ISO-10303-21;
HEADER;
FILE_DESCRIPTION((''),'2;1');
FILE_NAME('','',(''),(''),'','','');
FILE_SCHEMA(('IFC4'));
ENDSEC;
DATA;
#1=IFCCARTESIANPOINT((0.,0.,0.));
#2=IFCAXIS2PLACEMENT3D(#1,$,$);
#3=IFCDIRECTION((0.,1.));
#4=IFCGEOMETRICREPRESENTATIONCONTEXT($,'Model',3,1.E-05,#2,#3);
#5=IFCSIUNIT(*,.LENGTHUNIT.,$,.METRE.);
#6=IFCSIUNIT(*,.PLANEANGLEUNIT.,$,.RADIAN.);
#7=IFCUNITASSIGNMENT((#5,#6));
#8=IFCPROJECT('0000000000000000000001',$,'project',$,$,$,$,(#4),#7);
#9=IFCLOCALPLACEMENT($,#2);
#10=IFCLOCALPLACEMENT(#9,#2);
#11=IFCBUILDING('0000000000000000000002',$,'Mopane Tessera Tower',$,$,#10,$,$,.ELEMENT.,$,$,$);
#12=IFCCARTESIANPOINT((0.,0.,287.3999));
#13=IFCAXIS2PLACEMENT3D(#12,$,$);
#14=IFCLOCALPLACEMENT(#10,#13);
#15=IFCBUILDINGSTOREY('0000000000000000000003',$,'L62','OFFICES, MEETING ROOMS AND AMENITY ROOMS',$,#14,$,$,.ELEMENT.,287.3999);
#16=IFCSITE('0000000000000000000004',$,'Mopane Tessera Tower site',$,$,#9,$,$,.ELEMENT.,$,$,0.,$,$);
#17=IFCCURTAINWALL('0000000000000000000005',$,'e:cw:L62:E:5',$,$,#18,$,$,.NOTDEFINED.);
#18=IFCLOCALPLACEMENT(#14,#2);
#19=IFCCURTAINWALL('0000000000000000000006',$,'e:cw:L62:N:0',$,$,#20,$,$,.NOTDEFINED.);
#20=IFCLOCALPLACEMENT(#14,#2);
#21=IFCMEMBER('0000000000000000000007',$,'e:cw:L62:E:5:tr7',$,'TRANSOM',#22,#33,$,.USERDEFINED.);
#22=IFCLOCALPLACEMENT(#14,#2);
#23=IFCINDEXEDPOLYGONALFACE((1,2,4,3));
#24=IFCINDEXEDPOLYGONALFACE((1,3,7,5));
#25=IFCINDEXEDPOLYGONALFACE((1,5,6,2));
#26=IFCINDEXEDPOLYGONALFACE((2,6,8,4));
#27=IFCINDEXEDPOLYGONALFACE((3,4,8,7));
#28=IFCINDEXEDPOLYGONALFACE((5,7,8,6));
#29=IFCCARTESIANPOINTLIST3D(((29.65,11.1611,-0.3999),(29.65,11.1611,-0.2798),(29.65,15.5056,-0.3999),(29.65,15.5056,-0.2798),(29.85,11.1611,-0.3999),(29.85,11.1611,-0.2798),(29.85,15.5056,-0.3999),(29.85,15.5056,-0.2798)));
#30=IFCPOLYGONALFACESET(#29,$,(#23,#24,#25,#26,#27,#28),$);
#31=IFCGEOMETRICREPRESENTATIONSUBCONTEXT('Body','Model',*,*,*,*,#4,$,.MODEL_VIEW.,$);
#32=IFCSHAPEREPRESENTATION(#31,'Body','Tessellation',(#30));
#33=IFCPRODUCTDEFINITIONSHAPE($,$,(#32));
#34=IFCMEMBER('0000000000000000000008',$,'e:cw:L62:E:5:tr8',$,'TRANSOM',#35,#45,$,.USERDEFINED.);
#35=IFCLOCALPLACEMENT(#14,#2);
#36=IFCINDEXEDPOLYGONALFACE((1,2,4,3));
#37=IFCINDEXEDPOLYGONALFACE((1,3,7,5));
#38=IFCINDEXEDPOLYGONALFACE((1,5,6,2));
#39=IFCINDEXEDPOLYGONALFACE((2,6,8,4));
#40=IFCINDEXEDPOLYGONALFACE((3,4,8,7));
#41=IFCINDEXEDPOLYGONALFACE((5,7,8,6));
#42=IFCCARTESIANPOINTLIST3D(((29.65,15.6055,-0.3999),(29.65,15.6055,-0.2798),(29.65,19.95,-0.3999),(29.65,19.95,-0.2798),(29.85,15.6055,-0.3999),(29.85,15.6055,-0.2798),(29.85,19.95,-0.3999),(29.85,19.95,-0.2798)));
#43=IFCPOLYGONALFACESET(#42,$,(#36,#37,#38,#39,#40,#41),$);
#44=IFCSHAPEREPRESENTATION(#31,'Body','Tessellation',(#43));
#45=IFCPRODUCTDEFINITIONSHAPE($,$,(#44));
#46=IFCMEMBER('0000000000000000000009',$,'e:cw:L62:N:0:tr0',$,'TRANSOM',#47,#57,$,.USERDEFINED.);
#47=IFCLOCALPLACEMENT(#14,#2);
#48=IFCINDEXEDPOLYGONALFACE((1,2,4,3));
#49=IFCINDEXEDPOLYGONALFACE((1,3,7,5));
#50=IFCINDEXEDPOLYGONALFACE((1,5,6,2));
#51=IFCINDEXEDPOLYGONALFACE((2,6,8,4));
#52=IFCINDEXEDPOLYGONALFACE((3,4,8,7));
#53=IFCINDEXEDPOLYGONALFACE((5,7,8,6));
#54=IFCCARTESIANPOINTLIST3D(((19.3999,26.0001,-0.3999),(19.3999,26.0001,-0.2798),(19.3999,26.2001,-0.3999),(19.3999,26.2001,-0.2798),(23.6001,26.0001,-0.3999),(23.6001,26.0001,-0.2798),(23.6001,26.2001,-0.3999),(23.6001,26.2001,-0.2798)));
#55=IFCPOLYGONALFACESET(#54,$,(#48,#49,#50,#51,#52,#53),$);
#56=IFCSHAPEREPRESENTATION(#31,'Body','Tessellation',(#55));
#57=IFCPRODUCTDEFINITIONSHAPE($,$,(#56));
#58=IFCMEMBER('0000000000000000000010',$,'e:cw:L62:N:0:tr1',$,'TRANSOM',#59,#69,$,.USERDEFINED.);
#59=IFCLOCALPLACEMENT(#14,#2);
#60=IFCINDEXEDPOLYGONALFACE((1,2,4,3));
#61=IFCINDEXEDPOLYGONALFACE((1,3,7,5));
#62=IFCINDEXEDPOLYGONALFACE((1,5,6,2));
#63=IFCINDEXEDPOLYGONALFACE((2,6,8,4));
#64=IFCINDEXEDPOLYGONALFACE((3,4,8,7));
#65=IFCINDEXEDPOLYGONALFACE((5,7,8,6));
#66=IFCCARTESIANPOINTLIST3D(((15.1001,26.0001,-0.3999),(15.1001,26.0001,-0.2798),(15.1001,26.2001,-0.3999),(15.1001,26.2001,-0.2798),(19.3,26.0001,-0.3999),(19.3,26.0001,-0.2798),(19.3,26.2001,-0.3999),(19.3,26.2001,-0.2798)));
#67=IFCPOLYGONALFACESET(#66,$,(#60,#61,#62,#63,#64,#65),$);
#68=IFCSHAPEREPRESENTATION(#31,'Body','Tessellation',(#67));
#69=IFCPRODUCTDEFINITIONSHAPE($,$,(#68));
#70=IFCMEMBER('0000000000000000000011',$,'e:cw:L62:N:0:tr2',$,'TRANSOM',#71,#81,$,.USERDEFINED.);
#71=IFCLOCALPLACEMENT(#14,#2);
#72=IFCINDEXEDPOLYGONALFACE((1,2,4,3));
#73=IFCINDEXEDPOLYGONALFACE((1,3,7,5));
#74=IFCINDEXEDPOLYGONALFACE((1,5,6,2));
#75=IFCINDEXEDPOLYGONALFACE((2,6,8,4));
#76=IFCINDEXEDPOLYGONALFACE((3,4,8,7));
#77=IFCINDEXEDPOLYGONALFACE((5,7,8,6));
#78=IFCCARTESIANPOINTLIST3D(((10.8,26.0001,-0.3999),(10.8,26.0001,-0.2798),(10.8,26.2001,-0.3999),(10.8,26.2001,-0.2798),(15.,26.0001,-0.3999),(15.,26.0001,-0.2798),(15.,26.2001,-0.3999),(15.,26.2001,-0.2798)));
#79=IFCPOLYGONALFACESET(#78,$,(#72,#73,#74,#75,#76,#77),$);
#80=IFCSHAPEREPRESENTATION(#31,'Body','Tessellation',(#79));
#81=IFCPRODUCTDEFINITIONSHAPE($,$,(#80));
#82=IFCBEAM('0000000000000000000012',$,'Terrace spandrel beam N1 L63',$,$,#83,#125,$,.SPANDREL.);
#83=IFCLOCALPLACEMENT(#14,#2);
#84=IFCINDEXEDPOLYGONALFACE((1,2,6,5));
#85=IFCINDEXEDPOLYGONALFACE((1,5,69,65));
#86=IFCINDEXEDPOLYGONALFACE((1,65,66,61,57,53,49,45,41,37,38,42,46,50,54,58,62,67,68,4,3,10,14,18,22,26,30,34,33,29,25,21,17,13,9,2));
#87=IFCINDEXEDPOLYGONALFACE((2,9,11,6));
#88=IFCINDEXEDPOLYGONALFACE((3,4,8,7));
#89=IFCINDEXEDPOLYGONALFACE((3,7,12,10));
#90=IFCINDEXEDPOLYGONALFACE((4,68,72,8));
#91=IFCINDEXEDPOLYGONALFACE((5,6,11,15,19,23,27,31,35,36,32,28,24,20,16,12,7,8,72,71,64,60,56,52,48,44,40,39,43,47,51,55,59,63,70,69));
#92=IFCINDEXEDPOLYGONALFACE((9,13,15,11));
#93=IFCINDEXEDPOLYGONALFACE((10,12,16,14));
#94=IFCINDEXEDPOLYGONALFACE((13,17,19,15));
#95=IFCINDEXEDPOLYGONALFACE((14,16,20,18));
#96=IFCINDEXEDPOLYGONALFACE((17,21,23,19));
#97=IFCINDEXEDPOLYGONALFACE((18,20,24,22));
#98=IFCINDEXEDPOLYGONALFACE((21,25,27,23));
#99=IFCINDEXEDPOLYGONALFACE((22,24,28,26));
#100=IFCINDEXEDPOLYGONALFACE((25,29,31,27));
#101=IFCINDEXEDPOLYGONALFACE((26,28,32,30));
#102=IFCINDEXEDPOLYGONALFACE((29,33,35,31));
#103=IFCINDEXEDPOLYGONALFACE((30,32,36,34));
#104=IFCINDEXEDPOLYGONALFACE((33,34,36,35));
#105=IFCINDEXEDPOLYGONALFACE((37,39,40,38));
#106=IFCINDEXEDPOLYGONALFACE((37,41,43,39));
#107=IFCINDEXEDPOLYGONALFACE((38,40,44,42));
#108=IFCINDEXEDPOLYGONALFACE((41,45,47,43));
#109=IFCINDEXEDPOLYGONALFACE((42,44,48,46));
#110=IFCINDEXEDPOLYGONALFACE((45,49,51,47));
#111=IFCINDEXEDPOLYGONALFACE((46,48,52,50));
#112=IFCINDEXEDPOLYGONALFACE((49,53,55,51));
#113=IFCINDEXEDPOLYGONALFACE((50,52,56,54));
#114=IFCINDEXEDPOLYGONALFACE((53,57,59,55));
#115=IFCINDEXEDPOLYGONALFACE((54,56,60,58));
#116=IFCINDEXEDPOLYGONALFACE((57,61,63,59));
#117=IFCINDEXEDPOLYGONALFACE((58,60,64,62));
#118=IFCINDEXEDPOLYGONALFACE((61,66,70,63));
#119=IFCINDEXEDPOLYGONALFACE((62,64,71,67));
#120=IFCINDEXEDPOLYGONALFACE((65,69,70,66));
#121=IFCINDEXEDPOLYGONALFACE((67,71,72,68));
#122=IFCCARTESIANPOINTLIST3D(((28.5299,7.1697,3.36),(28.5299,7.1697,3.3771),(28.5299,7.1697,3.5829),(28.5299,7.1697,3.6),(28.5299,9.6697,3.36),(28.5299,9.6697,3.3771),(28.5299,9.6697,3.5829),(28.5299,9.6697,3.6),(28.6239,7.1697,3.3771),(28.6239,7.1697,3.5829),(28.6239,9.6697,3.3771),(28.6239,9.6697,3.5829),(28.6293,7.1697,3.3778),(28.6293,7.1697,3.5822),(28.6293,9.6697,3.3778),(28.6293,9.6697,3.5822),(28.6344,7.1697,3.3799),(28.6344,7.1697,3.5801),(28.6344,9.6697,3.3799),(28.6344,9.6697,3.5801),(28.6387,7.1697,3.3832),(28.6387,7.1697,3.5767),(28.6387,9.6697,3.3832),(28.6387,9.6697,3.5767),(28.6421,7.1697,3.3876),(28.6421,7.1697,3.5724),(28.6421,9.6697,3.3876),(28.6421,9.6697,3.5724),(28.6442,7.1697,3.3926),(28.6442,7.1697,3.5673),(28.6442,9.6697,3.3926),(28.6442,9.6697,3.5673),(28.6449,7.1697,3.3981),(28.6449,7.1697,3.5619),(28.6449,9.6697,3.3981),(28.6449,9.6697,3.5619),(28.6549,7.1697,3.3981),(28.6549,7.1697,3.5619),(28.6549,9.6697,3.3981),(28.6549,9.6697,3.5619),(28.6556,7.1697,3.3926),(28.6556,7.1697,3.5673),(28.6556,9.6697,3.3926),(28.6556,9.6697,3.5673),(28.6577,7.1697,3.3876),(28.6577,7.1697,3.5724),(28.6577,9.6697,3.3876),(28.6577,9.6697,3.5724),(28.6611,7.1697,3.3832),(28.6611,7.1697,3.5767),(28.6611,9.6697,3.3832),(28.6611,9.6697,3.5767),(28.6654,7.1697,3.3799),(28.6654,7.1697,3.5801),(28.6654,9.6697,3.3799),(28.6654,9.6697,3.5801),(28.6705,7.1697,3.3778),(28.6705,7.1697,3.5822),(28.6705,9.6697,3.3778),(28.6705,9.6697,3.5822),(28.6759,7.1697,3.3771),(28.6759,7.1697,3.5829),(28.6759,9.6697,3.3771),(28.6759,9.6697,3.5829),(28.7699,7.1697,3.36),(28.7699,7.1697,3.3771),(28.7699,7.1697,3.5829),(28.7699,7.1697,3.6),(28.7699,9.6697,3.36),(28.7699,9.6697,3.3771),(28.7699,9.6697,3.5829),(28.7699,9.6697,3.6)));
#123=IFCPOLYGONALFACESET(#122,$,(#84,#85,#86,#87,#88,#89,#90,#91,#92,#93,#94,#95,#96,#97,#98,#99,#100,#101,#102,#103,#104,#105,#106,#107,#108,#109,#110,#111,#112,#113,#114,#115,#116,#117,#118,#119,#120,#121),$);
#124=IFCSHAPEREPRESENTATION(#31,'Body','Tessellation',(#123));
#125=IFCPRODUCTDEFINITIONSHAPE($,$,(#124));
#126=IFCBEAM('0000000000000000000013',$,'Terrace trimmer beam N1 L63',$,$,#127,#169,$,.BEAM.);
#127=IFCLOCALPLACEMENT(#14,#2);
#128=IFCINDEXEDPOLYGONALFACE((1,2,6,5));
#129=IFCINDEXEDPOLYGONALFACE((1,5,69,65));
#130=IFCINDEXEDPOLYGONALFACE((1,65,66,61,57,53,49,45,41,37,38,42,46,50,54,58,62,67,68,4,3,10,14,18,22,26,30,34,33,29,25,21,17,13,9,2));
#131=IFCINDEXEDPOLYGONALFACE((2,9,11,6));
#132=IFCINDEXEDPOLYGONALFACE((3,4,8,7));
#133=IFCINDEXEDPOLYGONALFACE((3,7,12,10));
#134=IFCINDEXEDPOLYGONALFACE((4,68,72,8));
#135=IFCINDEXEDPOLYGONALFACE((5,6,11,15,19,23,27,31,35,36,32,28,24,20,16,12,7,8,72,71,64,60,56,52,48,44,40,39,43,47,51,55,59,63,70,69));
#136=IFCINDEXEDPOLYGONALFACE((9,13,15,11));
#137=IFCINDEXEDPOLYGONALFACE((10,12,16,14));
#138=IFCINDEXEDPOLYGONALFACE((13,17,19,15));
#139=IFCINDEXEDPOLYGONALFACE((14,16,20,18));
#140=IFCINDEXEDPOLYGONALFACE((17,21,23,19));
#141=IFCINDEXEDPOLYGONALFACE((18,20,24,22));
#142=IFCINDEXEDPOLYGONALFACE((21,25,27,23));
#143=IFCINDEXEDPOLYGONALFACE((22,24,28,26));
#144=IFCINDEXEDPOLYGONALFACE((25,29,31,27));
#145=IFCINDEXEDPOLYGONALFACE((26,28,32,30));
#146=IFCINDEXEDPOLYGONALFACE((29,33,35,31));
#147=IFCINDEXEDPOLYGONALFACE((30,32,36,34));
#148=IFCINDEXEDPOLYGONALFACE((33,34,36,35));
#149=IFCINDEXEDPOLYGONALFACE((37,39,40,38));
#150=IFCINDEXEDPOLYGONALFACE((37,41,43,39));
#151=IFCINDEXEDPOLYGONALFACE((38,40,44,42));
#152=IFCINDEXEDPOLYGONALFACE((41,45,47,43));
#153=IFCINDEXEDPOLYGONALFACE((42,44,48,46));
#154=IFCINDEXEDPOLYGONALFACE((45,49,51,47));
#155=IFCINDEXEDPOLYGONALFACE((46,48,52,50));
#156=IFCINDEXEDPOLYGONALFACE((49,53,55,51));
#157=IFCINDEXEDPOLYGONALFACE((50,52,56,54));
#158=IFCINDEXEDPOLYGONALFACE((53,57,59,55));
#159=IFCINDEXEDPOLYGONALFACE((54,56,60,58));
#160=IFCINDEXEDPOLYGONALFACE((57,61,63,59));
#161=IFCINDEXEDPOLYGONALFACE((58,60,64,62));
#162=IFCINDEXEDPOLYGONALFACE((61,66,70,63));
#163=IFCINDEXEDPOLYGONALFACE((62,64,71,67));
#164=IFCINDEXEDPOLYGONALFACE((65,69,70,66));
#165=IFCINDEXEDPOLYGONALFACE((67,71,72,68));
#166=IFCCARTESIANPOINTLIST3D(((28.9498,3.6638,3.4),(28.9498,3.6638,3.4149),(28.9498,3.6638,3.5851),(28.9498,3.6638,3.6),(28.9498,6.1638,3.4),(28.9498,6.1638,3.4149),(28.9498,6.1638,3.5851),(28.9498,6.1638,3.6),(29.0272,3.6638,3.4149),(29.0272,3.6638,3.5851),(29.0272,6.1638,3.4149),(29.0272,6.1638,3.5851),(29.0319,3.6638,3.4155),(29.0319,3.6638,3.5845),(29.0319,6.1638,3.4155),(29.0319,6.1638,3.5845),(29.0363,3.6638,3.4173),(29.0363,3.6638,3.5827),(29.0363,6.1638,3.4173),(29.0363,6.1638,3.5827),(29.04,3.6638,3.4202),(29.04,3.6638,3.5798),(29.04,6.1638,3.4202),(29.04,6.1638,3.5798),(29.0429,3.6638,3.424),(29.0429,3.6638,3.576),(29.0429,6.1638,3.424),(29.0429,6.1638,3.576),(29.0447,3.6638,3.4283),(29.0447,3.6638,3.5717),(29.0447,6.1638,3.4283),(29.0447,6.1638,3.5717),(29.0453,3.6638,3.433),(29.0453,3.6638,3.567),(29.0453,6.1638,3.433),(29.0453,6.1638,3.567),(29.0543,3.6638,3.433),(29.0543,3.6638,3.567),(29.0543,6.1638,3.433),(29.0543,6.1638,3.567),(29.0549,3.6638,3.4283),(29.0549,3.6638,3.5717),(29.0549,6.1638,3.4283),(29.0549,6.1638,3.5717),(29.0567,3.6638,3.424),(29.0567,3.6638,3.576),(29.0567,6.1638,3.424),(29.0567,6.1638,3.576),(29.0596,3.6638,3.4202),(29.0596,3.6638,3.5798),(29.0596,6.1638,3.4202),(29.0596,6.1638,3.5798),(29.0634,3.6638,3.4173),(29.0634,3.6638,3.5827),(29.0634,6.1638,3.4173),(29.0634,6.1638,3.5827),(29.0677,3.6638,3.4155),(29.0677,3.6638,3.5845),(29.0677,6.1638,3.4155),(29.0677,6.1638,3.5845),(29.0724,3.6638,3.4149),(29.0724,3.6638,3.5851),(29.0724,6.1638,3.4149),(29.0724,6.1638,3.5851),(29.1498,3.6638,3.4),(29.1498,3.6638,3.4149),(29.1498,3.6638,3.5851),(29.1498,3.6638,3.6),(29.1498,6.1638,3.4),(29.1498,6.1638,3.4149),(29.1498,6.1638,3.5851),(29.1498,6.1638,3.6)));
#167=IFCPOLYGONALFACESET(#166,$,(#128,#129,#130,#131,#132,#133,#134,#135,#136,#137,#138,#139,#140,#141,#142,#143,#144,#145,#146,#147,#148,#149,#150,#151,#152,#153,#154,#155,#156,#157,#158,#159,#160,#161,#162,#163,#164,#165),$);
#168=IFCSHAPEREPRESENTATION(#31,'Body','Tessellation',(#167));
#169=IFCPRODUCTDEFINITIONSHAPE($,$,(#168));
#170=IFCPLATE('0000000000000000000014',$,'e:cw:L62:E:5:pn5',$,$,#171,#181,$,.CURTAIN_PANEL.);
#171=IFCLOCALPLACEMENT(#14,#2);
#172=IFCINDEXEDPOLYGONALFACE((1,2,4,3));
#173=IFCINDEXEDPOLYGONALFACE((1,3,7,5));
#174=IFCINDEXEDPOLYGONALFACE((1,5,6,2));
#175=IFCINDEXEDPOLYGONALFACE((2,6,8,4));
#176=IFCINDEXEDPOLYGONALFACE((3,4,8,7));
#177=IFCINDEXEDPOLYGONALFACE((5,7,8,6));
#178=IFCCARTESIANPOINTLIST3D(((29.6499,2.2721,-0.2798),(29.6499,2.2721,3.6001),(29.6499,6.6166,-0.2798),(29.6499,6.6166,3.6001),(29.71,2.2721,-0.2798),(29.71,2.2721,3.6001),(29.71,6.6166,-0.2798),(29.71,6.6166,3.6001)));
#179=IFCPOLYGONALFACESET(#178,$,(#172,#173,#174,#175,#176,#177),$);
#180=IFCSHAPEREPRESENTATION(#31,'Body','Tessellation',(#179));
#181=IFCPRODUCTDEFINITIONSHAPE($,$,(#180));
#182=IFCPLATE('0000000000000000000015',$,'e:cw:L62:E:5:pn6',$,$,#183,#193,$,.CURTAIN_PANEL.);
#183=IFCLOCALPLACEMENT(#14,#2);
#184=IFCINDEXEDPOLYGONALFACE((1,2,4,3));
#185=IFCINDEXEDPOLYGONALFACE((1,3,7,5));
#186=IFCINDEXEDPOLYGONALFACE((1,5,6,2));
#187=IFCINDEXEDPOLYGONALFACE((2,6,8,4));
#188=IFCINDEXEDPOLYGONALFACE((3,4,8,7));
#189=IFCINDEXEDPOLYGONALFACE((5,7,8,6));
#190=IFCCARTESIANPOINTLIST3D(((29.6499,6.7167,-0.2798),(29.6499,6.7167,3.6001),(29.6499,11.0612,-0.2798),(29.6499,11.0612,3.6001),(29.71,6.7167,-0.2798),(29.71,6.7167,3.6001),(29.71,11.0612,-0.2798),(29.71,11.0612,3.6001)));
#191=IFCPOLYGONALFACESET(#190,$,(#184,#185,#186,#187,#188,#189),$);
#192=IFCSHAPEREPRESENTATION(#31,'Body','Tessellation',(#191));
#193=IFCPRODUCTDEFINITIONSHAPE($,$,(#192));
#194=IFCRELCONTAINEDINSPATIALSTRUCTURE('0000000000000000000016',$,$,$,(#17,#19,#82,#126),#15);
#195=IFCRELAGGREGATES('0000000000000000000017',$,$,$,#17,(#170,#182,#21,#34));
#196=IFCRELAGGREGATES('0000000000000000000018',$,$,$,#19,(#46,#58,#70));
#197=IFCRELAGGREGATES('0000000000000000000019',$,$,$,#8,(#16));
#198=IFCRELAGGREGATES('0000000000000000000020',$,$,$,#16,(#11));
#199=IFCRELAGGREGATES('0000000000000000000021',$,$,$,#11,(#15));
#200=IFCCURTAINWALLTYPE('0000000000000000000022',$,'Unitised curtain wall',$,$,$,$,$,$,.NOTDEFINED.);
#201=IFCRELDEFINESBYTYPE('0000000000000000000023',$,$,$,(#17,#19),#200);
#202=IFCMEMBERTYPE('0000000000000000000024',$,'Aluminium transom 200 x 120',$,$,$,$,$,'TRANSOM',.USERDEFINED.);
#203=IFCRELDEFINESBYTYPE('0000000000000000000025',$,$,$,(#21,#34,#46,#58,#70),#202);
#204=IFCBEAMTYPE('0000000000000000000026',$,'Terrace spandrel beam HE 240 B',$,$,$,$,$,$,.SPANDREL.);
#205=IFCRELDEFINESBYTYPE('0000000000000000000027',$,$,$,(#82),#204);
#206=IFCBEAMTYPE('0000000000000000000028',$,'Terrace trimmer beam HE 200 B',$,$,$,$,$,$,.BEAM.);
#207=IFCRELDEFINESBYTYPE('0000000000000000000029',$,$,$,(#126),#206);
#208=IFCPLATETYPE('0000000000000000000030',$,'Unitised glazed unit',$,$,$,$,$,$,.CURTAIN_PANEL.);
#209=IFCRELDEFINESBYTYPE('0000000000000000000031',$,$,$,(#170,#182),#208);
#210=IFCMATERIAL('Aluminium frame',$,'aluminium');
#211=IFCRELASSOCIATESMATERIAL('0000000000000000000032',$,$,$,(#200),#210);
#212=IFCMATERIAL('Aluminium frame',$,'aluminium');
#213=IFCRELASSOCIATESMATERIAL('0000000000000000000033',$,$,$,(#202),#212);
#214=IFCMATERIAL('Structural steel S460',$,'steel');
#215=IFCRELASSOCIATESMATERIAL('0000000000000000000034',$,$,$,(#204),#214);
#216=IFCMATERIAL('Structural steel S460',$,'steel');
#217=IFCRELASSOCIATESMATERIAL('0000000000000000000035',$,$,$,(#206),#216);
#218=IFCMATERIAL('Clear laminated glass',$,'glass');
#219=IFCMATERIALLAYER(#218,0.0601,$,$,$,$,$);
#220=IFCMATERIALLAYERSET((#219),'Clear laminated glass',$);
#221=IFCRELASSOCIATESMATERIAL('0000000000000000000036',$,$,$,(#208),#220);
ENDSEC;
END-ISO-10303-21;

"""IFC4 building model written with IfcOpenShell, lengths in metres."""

from ifc_helpers import new_model, si_unit, direction, frame, origin, origin_2d, place, context, subcontext, project, spatial, rectangle, i_section, extrude, material, layer, layer_set, material_profile, profile_set, type_object, element, aggregate, save


model = new_model("IFC4")

# Units and contexts
model_context = context("Model", 3, precision=1e-05, world=origin(), true_north=direction((0.0, 1.0)))
body_context = subcontext(model_context, "Body", "Model", "MODEL_VIEW")
ifc_project = project(units=[si_unit("LENGTHUNIT", "METRE"), si_unit("PLANEANGLEUNIT", "RADIAN")], contexts=[model_context])

# Site, building, storey
site_placement = place(None, origin())
site = spatial("IfcSite", under=ifc_project, at=site_placement, Name="Mopane Tessera Tower site", CompositionType="ELEMENT", RefElevation=0.0)
building_placement = place(site_placement, origin())
building = spatial("IfcBuilding", under=site, at=building_placement, Name="Mopane Tessera Tower", CompositionType="ELEMENT")
storey_placement = place(building_placement, frame((0.0, 0.0, 287.3999)))
storey = spatial("IfcBuildingStorey", under=building, at=storey_placement, Name="L62", Description="OFFICES, MEETING ROOMS AND AMENITY ROOMS", CompositionType="ELEMENT", Elevation=287.3999)

# Curtain walls
ifc_material_1 = material(Name="Aluminium frame", Category="aluminium")
curtain_wall_type = type_object("IfcCurtainWallType", Name="Unitised curtain wall", PredefinedType="NOTDEFINED", material=ifc_material_1)
curtain_wall_1_placement = place(storey_placement, origin())
curtain_wall_1 = element("IfcCurtainWall", 1, at=curtain_wall_1_placement, inside=storey, type_object=curtain_wall_type, Name="e:cw:L62:E:5", PredefinedType="NOTDEFINED")
curtain_wall_2_placement = place(storey_placement, origin())
curtain_wall_2 = element("IfcCurtainWall", 2, at=curtain_wall_2_placement, inside=storey, type_object=curtain_wall_type, Name="e:cw:L62:N:0", PredefinedType="NOTDEFINED")

# Members
ifc_material_2 = material(Name="Aluminium frame", Category="aluminium")
ifc_material_profile_1 = material_profile(ifc_material_2, rectangle(XDim=0.2, YDim=0.1201, at=origin_2d()))
ifc_profile_set_1 = profile_set([ifc_material_profile_1], Name="Aluminium frame")
member_type_1 = type_object("IfcMemberType", Name="Aluminium transom 200 x 120", ElementType="TRANSOM", PredefinedType="USERDEFINED", material=ifc_profile_set_1)
member_1_placement = place(storey_placement, frame((29.75, 11.1611, -0.3398), z_axis=(0.0, 1.0, 0.0), x_axis=(-1.0, 0.0, 0.0)))
member_1 = element("IfcMember", 3, at=member_1_placement, type_object=member_type_1, Name="e:cw:L62:E:5:tr7", ObjectType="TRANSOM", PredefinedType="USERDEFINED", context=body_context, shape_type="SweptSolid", body=[
    extrude(rectangle(XDim=0.2, YDim=0.1201, at=origin_2d()), origin(), (0.0, 0.0, 1.0), 4.3445),
])
member_2_placement = place(storey_placement, frame((29.75, 15.6055, -0.3398), z_axis=(0.0, 1.0, 0.0), x_axis=(-1.0, 0.0, 0.0)))
member_2 = element("IfcMember", 4, at=member_2_placement, type_object=member_type_1, Name="e:cw:L62:E:5:tr8", ObjectType="TRANSOM", PredefinedType="USERDEFINED", context=body_context, shape_type="SweptSolid", body=[
    extrude(rectangle(XDim=0.2, YDim=0.1201, at=origin_2d()), origin(), (0.0, 0.0, 1.0), 4.3445),
])
member_3_placement = place(storey_placement, frame((23.6001, 26.1001, -0.3398), z_axis=(-1.0, 0.0, 0.0), x_axis=(0.0, -1.0, 0.0)))
member_3 = element("IfcMember", 5, at=member_3_placement, type_object=member_type_1, Name="e:cw:L62:N:0:tr0", ObjectType="TRANSOM", PredefinedType="USERDEFINED", context=body_context, shape_type="SweptSolid", body=[
    extrude(rectangle(XDim=0.2, YDim=0.1201, at=origin_2d()), origin(), (0.0, 0.0, 1.0), 4.2002),
])
member_4_placement = place(storey_placement, frame((19.3, 26.1001, -0.3398), z_axis=(-1.0, 0.0, 0.0), x_axis=(0.0, -1.0, 0.0)))
member_4 = element("IfcMember", 6, at=member_4_placement, type_object=member_type_1, Name="e:cw:L62:N:0:tr1", ObjectType="TRANSOM", PredefinedType="USERDEFINED", context=body_context, shape_type="SweptSolid", body=[
    extrude(rectangle(XDim=0.2, YDim=0.1201, at=origin_2d()), origin(), (0.0, 0.0, 1.0), 4.2),
])
member_5_placement = place(storey_placement, frame((15.0, 26.1001, -0.3398), z_axis=(-1.0, 0.0, 0.0), x_axis=(0.0, -1.0, 0.0)))
member_5 = element("IfcMember", 7, at=member_5_placement, type_object=member_type_1, Name="e:cw:L62:N:0:tr2", ObjectType="TRANSOM", PredefinedType="USERDEFINED", context=body_context, shape_type="SweptSolid", body=[
    extrude(rectangle(XDim=0.2, YDim=0.1201, at=origin_2d()), origin(), (0.0, 0.0, 1.0), 4.2),
])

# Beams
ifc_material_3 = material(Name="Structural steel S460", Category="steel")
ifc_material_profile_2 = material_profile(ifc_material_3, i_section(OverallWidth=0.24, OverallDepth=0.24, WebThickness=0.01, FlangeThickness=0.0171, FilletRadius=0.021, at=origin_2d()))
ifc_profile_set_2 = profile_set([ifc_material_profile_2], Name="Structural steel S460")
beam_type_1 = type_object("IfcBeamType", Name="Terrace spandrel beam HE 240 B", PredefinedType="SPANDREL", material=ifc_profile_set_2)
beam_1_placement = place(storey_placement, frame((28.6499, 7.1697, 3.48), z_axis=(0.0, 1.0, 0.0), x_axis=(-1.0, 0.0, 0.0)))
element("IfcBeam", 8, at=beam_1_placement, inside=storey, type_object=beam_type_1, Name="Terrace spandrel beam N1 L63", PredefinedType="SPANDREL", context=body_context, shape_type="SweptSolid", body=[
    extrude(i_section(OverallWidth=0.24, OverallDepth=0.24, WebThickness=0.01, FlangeThickness=0.0171, FilletRadius=0.021, at=origin_2d()), origin(), (0.0, 0.0, 1.0), 2.5),
])
ifc_material_4 = material(Name="Structural steel S460", Category="steel")
ifc_material_profile_3 = material_profile(ifc_material_4, i_section(OverallWidth=0.2, OverallDepth=0.2, WebThickness=0.009, FlangeThickness=0.0149, FilletRadius=0.0181, at=origin_2d()))
ifc_profile_set_3 = profile_set([ifc_material_profile_3], Name="Structural steel S460")
beam_type_2 = type_object("IfcBeamType", Name="Terrace trimmer beam HE 200 B", PredefinedType="BEAM", material=ifc_profile_set_3)
beam_2_placement = place(storey_placement, frame((29.0498, 6.1638, 3.5), z_axis=(0.0, -1.0, 0.0), x_axis=(1.0, 0.0, 0.0)))
element("IfcBeam", 9, at=beam_2_placement, inside=storey, type_object=beam_type_2, Name="Terrace trimmer beam N1 L63", PredefinedType="BEAM", context=body_context, shape_type="SweptSolid", body=[
    extrude(i_section(OverallWidth=0.2, OverallDepth=0.2, WebThickness=0.009, FlangeThickness=0.0149, FilletRadius=0.0181, at=origin_2d()), origin(), (0.0, 0.0, 1.0), 2.5),
])

# Plates
ifc_material_5 = material(Name="Clear laminated glass", Category="glass")
ifc_layer_1 = layer(ifc_material_5, 0.0601)
ifc_layer_set_1 = layer_set([ifc_layer_1], Name="Clear laminated glass")
plate_type = type_object("IfcPlateType", Name="Unitised glazed unit", PredefinedType="CURTAIN_PANEL", material=ifc_layer_set_1)
plate_1_placement = place(storey_placement, frame((29.6799, 4.4443, -0.2798), z_axis=(0.0, 0.0, 1.0), x_axis=(0.0, 1.0, 0.0)))
plate_1 = element("IfcPlate", 10, at=plate_1_placement, type_object=plate_type, Name="e:cw:L62:E:5:pn5", PredefinedType="CURTAIN_PANEL", context=body_context, shape_type="SweptSolid", body=[
    extrude(rectangle(XDim=4.3445, YDim=0.0601, at=origin_2d()), origin(), (0.0, 0.0, 1.0), 3.8799),
])
plate_2_placement = place(storey_placement, frame((29.6799, 8.8889, -0.2798), z_axis=(0.0, 0.0, 1.0), x_axis=(0.0, 1.0, 0.0)))
plate_2 = element("IfcPlate", 11, at=plate_2_placement, type_object=plate_type, Name="e:cw:L62:E:5:pn6", PredefinedType="CURTAIN_PANEL", context=body_context, shape_type="SweptSolid", body=[
    extrude(rectangle(XDim=4.3445, YDim=0.0601, at=origin_2d()), origin(), (0.0, 0.0, 1.0), 3.8799),
])
aggregate(curtain_wall_1, [plate_1, plate_2, member_1, member_2])
aggregate(curtain_wall_2, [member_3, member_4, member_5])

save(model, "model.ifc")
